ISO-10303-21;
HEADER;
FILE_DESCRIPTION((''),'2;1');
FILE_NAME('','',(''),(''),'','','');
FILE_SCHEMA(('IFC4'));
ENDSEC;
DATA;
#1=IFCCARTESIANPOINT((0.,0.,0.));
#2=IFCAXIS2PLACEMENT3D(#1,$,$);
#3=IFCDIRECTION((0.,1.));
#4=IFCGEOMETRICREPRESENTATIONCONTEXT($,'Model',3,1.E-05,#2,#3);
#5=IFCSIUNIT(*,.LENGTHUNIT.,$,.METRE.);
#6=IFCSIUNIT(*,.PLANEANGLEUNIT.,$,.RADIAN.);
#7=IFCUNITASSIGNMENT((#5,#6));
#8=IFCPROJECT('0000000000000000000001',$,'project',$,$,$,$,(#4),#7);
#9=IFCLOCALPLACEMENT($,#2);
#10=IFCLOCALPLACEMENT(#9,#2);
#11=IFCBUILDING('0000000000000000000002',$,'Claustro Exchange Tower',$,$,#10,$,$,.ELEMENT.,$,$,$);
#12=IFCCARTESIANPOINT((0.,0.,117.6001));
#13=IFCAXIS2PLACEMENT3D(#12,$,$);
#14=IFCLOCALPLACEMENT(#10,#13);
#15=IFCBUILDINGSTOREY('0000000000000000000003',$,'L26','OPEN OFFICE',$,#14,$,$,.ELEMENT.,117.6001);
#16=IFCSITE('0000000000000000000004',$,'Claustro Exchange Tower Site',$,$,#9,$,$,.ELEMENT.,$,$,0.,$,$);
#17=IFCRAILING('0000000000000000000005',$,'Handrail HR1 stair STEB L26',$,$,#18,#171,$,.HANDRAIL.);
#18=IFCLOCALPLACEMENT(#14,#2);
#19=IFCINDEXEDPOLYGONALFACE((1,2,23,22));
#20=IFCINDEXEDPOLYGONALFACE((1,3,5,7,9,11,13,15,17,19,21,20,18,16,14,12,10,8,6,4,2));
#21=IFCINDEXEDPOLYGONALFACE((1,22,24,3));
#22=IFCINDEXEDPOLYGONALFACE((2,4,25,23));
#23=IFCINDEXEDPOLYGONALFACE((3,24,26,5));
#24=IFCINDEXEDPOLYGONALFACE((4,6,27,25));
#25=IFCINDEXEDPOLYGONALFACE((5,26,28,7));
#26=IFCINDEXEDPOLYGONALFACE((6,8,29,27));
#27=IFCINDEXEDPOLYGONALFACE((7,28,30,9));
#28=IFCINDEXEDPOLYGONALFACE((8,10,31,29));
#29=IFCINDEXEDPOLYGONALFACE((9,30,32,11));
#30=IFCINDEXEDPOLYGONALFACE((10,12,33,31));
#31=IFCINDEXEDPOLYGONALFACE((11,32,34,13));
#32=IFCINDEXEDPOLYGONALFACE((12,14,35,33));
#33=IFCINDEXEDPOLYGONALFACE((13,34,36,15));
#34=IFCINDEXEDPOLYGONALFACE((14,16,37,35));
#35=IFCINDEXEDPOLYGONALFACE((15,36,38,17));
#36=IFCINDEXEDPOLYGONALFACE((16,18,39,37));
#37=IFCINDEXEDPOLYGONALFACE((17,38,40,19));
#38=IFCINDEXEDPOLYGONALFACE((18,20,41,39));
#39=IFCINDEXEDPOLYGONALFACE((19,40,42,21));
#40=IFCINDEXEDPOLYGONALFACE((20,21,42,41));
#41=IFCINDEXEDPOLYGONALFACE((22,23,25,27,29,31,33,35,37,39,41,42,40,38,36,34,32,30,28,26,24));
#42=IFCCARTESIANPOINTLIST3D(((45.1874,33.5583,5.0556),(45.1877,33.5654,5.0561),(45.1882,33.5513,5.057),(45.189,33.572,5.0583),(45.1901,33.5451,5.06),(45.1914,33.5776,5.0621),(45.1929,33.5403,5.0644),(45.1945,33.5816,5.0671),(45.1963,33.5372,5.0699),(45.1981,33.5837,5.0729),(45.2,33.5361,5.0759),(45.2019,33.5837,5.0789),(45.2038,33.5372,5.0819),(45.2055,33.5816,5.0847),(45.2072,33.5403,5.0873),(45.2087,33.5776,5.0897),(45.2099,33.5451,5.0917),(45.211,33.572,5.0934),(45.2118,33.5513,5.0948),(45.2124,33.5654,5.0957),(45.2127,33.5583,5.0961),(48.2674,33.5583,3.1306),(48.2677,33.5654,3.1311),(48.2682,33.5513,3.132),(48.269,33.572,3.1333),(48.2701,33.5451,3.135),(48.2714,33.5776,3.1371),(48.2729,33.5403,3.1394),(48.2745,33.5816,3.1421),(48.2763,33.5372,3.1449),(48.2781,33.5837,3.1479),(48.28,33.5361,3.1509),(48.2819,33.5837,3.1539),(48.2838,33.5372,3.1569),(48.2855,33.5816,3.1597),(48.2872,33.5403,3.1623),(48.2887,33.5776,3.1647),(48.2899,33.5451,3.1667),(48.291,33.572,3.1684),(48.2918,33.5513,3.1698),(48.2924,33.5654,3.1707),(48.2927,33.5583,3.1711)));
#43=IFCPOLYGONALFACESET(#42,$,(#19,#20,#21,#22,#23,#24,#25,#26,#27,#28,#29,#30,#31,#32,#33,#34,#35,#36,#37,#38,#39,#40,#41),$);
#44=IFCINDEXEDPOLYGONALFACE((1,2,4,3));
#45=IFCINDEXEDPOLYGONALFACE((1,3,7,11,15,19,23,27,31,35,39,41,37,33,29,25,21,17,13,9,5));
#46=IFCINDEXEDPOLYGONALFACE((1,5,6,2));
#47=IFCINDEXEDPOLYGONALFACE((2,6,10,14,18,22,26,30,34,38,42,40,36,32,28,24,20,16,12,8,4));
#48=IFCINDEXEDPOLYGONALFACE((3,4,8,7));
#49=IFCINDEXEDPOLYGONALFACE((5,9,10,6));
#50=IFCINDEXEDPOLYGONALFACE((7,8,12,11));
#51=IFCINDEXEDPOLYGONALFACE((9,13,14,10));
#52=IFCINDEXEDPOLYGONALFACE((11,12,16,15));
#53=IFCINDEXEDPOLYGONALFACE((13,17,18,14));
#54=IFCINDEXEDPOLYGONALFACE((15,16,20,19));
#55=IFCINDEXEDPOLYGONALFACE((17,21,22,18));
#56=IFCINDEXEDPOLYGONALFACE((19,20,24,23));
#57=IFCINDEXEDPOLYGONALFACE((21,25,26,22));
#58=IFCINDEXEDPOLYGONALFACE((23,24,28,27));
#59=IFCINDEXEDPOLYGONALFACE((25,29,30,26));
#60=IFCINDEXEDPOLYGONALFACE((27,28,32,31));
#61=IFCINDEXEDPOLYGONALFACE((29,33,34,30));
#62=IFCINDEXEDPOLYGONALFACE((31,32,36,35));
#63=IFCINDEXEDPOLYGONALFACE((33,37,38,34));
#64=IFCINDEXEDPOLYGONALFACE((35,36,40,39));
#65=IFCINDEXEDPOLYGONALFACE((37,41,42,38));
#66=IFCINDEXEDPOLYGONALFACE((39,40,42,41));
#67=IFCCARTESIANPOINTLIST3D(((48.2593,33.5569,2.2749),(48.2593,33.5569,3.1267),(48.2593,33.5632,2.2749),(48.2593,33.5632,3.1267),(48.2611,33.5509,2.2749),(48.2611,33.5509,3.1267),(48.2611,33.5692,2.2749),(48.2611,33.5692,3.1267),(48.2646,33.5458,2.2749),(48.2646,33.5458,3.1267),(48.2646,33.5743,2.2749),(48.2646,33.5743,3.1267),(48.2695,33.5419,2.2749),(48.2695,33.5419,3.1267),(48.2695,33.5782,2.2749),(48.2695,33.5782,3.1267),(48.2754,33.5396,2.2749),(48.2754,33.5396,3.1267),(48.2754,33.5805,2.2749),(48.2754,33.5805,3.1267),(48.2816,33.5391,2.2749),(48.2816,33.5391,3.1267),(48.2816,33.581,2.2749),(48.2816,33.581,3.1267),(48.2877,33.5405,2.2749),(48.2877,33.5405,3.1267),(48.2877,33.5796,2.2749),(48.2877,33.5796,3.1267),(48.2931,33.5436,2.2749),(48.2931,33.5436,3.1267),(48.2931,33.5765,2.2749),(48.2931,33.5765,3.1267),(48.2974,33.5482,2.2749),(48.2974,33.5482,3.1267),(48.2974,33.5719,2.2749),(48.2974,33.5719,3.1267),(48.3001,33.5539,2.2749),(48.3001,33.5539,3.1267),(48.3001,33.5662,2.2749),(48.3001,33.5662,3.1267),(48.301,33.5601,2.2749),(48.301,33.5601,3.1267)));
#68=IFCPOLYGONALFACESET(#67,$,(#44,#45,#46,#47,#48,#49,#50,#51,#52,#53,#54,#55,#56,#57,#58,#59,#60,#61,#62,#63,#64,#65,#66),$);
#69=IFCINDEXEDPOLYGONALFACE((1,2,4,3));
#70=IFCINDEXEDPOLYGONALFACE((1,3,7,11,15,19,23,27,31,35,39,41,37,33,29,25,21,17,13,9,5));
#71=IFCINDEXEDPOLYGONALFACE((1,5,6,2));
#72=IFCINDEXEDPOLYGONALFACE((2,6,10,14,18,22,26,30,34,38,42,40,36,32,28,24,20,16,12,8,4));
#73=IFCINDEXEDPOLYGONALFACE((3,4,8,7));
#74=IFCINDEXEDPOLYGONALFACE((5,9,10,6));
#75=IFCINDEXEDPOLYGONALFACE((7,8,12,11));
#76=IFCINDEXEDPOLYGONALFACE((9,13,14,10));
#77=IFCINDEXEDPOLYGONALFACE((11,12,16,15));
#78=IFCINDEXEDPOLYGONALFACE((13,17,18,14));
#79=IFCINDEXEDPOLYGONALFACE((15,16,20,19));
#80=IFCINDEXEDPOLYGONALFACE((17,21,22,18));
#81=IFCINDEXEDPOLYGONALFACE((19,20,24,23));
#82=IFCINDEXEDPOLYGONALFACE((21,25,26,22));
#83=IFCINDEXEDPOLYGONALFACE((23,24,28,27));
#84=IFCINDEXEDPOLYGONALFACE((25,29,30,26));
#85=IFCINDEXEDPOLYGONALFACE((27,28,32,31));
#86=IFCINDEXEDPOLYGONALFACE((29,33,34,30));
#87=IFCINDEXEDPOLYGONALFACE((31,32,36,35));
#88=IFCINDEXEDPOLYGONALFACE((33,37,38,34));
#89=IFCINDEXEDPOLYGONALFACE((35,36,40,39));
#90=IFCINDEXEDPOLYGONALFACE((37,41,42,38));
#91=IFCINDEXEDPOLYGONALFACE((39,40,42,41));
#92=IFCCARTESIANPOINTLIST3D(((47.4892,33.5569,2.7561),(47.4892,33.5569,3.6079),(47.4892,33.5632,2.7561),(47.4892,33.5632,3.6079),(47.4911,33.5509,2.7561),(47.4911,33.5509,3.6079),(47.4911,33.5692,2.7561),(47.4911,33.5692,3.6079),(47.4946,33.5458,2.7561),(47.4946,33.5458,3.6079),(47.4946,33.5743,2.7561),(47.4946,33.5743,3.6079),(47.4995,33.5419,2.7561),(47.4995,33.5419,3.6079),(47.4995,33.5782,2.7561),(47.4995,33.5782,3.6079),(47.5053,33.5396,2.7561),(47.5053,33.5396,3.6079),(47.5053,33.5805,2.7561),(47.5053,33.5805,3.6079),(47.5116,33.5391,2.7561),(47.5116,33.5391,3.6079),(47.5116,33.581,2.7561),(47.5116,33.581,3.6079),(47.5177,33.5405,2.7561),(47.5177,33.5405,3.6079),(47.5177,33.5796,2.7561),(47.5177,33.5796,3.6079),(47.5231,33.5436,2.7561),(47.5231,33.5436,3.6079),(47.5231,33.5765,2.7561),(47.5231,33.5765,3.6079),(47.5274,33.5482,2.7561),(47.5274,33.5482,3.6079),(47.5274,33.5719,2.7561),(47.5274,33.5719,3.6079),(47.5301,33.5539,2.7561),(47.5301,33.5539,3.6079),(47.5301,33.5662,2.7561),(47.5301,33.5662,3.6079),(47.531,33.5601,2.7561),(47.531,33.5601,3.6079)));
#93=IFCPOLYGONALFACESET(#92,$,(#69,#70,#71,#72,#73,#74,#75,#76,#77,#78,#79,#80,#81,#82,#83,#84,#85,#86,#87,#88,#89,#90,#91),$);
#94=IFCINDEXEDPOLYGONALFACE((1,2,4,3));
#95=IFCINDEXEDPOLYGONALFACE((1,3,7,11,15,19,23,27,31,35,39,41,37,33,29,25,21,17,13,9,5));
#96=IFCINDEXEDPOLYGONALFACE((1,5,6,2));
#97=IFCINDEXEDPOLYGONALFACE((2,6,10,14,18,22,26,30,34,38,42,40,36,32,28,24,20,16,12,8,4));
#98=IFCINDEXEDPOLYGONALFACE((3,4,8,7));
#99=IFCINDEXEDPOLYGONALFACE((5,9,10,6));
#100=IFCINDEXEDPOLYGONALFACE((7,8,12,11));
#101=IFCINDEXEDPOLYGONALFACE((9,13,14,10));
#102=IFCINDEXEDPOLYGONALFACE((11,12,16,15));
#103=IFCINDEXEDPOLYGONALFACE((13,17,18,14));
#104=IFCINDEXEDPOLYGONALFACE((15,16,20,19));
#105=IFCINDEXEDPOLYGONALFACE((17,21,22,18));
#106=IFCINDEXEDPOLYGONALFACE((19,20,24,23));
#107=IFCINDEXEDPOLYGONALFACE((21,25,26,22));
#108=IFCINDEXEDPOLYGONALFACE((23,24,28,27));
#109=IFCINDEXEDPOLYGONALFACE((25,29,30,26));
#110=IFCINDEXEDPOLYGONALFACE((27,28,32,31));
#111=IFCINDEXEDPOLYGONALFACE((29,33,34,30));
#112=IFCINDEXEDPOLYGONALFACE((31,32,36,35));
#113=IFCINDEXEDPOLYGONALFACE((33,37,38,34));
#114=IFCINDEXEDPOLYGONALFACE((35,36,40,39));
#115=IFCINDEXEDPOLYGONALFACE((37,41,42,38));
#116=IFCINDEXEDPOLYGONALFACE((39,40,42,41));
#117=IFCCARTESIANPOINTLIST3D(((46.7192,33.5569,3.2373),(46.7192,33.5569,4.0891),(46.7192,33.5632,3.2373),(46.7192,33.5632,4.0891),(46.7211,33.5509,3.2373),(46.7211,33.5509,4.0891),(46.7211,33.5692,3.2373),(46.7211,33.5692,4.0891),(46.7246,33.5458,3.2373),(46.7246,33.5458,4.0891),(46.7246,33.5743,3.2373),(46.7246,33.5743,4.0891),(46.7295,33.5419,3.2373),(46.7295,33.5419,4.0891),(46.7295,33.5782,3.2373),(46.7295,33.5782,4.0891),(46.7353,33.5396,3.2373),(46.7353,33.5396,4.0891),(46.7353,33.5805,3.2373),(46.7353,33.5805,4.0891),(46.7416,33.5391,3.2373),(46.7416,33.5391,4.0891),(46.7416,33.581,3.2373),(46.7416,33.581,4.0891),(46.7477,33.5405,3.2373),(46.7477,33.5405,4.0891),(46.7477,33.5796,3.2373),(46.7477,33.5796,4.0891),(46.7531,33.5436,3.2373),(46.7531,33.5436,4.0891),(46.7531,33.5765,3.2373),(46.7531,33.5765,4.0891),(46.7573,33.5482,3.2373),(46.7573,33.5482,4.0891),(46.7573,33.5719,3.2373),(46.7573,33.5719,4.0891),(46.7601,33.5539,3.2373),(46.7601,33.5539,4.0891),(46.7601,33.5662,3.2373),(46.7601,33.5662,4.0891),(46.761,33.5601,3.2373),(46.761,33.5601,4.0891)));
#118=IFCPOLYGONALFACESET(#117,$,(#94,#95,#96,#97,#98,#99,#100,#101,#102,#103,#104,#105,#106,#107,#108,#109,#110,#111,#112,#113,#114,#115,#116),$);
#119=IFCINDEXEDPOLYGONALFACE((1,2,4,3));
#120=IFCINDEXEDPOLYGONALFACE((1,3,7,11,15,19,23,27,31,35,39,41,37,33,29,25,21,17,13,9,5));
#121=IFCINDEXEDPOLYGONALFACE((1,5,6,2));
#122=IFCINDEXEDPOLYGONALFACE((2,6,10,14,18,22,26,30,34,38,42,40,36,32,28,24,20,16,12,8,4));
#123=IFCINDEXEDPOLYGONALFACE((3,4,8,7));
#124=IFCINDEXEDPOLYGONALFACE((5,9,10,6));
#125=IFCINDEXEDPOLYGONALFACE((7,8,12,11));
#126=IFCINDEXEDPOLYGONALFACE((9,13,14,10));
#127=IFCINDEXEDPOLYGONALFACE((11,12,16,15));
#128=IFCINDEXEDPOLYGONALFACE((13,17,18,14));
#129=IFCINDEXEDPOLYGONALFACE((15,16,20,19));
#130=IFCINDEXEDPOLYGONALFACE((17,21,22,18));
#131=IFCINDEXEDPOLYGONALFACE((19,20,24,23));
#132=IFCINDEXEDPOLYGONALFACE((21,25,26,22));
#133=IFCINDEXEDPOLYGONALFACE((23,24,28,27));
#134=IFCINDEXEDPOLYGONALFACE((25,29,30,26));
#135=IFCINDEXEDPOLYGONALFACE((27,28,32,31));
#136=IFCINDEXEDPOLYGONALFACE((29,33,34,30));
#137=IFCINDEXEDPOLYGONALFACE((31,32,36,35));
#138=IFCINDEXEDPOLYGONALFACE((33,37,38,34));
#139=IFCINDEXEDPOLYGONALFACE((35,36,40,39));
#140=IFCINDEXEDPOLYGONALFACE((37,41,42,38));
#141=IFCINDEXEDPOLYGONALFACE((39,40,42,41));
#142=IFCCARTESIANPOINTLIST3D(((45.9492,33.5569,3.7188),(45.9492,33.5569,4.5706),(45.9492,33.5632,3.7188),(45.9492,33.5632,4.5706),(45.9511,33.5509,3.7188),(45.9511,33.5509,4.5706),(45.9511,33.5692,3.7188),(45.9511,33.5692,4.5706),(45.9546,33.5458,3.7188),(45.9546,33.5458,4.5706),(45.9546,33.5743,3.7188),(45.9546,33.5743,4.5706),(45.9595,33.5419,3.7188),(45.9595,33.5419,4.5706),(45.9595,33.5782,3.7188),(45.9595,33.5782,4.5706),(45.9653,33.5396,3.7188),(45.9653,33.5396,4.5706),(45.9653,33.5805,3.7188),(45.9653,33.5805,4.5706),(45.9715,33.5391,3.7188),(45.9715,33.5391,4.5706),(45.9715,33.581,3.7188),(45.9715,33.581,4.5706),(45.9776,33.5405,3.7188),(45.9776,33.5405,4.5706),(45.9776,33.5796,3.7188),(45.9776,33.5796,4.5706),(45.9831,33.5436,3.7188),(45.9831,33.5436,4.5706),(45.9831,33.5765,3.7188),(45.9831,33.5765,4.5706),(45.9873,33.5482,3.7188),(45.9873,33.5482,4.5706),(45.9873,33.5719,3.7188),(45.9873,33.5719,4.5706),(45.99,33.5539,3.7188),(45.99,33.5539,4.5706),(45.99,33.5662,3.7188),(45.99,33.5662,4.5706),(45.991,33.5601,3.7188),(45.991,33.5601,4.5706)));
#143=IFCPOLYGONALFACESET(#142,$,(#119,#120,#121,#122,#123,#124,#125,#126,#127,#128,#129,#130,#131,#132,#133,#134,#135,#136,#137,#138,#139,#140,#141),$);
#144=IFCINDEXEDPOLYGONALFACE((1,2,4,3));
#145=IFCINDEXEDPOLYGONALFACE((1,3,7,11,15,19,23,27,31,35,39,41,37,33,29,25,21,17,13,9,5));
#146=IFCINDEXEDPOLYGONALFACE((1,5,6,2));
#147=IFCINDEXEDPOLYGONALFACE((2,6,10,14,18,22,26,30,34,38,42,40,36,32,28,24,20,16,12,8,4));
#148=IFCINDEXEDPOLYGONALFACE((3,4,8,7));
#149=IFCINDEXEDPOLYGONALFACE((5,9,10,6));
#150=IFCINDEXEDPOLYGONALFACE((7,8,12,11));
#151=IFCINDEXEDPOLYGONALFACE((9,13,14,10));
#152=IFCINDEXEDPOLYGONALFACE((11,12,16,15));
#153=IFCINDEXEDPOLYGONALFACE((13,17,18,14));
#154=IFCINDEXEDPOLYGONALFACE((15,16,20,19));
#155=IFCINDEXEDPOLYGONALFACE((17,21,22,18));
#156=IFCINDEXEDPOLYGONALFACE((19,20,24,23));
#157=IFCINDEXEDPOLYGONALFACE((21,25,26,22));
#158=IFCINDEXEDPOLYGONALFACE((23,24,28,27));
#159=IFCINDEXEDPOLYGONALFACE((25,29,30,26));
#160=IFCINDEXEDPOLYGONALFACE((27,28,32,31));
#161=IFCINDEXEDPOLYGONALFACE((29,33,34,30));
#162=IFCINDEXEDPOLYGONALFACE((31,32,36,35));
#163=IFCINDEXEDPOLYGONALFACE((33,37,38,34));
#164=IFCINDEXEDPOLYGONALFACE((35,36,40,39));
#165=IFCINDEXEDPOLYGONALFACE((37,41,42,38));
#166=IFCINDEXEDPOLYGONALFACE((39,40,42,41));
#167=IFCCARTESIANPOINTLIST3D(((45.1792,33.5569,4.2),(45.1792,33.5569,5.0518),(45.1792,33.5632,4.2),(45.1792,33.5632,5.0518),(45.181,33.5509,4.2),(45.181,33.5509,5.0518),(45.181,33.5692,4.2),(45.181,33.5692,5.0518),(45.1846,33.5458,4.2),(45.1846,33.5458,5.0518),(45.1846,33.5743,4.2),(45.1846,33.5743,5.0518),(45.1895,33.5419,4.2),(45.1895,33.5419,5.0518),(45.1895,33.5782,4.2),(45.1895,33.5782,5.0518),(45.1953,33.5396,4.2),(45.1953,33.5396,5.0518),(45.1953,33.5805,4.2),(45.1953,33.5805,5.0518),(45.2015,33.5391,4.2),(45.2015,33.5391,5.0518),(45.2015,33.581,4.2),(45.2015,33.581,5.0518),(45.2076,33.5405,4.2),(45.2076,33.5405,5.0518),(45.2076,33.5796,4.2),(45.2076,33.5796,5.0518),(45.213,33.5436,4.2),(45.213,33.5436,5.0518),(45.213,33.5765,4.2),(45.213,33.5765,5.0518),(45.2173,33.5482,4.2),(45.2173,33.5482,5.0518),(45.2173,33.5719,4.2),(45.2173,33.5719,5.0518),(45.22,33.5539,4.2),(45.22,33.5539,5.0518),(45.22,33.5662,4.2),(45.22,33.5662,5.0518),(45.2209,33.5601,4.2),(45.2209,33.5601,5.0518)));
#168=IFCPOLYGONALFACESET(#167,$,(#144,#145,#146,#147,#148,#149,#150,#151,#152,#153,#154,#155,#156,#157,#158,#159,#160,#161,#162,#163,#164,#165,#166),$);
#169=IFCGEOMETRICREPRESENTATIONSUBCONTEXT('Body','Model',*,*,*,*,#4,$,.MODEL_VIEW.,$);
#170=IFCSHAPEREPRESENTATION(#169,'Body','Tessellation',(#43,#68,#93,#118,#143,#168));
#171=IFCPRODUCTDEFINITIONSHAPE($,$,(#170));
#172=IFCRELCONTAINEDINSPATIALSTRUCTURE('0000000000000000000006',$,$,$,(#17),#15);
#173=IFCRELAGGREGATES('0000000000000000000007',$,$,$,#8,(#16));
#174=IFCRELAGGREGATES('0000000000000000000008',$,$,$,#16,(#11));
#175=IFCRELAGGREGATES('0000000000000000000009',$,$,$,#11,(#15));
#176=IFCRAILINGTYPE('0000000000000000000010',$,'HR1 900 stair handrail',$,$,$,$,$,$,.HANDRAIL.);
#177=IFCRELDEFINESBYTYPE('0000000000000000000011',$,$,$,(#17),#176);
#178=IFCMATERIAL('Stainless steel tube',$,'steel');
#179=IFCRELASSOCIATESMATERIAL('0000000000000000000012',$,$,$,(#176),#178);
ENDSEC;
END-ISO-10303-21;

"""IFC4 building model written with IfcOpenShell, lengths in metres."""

from ifc_helpers import new_model, si_unit, direction, frame, origin, origin_2d, place, context, subcontext, project, spatial, circle, extrude, material, type_object, element, save


model = new_model("IFC4")

# Units and contexts
model_context = context("Model", 3, precision=1e-05, world=origin(), true_north=direction((0.0, 1.0)))
body_context = subcontext(model_context, "Body", "Model", "MODEL_VIEW")
ifc_project = project(units=[si_unit("LENGTHUNIT", "METRE"), si_unit("PLANEANGLEUNIT", "RADIAN")], contexts=[model_context])

# Site, building, storey
site_placement = place(None, origin())
site = spatial("IfcSite", under=ifc_project, at=site_placement, Name="Claustro Exchange Tower Site", CompositionType="ELEMENT", RefElevation=0.0)
building_placement = place(site_placement, origin())
building = spatial("IfcBuilding", under=site, at=building_placement, Name="Claustro Exchange Tower", CompositionType="ELEMENT")
storey_placement = place(building_placement, frame((0.0, 0.0, 117.6001)))
storey = spatial("IfcBuildingStorey", under=building, at=storey_placement, Name="L26", Description="OPEN OFFICE", CompositionType="ELEMENT", Elevation=117.6001)

# Railing
ifc_material_1 = material(Name="Stainless steel tube", Category="steel")
railing_type_1 = type_object("IfcRailingType", Name="HR1 900 stair handrail", PredefinedType="HANDRAIL", material=ifc_material_1)
railing_1_placement = place(storey_placement, frame((48.28, 33.5601, 2.2749)))
element("IfcRailing", 1, at=railing_1_placement, inside=storey, type_object=railing_type_1, Name="Handrail HR1 stair STEB L26", PredefinedType="HANDRAIL", context=body_context, shape_type="SweptSolid", body=[
    extrude(circle(Radius=0.0239, at=origin_2d()), frame((0.0, 0.0, 0.876), z_axis=(-0.847998, 0.0, 0.529999), x_axis=(0.0, -1.0, 0.0)), (0.0, 0.0, 1.0), 3.6321),
    extrude(circle(Radius=0.021, at=origin_2d()), origin(), (0.0, 0.0, 1.0), 0.8518),
    extrude(circle(Radius=0.021, at=origin_2d()), frame((-0.77, 0.0, 0.4812)), (0.0, 0.0, 1.0), 0.8518),
    extrude(circle(Radius=0.021, at=origin_2d()), frame((-1.54, 0.0, 0.9624)), (0.0, 0.0, 1.0), 0.8518),
    extrude(circle(Radius=0.021, at=origin_2d()), frame((-2.3101, 0.0, 1.4438)), (0.0, 0.0, 1.0), 0.8518),
    extrude(circle(Radius=0.021, at=origin_2d()), frame((-3.0801, 0.0, 1.925)), (0.0, 0.0, 1.0), 0.8518),
])

save(model, "model.ifc")
